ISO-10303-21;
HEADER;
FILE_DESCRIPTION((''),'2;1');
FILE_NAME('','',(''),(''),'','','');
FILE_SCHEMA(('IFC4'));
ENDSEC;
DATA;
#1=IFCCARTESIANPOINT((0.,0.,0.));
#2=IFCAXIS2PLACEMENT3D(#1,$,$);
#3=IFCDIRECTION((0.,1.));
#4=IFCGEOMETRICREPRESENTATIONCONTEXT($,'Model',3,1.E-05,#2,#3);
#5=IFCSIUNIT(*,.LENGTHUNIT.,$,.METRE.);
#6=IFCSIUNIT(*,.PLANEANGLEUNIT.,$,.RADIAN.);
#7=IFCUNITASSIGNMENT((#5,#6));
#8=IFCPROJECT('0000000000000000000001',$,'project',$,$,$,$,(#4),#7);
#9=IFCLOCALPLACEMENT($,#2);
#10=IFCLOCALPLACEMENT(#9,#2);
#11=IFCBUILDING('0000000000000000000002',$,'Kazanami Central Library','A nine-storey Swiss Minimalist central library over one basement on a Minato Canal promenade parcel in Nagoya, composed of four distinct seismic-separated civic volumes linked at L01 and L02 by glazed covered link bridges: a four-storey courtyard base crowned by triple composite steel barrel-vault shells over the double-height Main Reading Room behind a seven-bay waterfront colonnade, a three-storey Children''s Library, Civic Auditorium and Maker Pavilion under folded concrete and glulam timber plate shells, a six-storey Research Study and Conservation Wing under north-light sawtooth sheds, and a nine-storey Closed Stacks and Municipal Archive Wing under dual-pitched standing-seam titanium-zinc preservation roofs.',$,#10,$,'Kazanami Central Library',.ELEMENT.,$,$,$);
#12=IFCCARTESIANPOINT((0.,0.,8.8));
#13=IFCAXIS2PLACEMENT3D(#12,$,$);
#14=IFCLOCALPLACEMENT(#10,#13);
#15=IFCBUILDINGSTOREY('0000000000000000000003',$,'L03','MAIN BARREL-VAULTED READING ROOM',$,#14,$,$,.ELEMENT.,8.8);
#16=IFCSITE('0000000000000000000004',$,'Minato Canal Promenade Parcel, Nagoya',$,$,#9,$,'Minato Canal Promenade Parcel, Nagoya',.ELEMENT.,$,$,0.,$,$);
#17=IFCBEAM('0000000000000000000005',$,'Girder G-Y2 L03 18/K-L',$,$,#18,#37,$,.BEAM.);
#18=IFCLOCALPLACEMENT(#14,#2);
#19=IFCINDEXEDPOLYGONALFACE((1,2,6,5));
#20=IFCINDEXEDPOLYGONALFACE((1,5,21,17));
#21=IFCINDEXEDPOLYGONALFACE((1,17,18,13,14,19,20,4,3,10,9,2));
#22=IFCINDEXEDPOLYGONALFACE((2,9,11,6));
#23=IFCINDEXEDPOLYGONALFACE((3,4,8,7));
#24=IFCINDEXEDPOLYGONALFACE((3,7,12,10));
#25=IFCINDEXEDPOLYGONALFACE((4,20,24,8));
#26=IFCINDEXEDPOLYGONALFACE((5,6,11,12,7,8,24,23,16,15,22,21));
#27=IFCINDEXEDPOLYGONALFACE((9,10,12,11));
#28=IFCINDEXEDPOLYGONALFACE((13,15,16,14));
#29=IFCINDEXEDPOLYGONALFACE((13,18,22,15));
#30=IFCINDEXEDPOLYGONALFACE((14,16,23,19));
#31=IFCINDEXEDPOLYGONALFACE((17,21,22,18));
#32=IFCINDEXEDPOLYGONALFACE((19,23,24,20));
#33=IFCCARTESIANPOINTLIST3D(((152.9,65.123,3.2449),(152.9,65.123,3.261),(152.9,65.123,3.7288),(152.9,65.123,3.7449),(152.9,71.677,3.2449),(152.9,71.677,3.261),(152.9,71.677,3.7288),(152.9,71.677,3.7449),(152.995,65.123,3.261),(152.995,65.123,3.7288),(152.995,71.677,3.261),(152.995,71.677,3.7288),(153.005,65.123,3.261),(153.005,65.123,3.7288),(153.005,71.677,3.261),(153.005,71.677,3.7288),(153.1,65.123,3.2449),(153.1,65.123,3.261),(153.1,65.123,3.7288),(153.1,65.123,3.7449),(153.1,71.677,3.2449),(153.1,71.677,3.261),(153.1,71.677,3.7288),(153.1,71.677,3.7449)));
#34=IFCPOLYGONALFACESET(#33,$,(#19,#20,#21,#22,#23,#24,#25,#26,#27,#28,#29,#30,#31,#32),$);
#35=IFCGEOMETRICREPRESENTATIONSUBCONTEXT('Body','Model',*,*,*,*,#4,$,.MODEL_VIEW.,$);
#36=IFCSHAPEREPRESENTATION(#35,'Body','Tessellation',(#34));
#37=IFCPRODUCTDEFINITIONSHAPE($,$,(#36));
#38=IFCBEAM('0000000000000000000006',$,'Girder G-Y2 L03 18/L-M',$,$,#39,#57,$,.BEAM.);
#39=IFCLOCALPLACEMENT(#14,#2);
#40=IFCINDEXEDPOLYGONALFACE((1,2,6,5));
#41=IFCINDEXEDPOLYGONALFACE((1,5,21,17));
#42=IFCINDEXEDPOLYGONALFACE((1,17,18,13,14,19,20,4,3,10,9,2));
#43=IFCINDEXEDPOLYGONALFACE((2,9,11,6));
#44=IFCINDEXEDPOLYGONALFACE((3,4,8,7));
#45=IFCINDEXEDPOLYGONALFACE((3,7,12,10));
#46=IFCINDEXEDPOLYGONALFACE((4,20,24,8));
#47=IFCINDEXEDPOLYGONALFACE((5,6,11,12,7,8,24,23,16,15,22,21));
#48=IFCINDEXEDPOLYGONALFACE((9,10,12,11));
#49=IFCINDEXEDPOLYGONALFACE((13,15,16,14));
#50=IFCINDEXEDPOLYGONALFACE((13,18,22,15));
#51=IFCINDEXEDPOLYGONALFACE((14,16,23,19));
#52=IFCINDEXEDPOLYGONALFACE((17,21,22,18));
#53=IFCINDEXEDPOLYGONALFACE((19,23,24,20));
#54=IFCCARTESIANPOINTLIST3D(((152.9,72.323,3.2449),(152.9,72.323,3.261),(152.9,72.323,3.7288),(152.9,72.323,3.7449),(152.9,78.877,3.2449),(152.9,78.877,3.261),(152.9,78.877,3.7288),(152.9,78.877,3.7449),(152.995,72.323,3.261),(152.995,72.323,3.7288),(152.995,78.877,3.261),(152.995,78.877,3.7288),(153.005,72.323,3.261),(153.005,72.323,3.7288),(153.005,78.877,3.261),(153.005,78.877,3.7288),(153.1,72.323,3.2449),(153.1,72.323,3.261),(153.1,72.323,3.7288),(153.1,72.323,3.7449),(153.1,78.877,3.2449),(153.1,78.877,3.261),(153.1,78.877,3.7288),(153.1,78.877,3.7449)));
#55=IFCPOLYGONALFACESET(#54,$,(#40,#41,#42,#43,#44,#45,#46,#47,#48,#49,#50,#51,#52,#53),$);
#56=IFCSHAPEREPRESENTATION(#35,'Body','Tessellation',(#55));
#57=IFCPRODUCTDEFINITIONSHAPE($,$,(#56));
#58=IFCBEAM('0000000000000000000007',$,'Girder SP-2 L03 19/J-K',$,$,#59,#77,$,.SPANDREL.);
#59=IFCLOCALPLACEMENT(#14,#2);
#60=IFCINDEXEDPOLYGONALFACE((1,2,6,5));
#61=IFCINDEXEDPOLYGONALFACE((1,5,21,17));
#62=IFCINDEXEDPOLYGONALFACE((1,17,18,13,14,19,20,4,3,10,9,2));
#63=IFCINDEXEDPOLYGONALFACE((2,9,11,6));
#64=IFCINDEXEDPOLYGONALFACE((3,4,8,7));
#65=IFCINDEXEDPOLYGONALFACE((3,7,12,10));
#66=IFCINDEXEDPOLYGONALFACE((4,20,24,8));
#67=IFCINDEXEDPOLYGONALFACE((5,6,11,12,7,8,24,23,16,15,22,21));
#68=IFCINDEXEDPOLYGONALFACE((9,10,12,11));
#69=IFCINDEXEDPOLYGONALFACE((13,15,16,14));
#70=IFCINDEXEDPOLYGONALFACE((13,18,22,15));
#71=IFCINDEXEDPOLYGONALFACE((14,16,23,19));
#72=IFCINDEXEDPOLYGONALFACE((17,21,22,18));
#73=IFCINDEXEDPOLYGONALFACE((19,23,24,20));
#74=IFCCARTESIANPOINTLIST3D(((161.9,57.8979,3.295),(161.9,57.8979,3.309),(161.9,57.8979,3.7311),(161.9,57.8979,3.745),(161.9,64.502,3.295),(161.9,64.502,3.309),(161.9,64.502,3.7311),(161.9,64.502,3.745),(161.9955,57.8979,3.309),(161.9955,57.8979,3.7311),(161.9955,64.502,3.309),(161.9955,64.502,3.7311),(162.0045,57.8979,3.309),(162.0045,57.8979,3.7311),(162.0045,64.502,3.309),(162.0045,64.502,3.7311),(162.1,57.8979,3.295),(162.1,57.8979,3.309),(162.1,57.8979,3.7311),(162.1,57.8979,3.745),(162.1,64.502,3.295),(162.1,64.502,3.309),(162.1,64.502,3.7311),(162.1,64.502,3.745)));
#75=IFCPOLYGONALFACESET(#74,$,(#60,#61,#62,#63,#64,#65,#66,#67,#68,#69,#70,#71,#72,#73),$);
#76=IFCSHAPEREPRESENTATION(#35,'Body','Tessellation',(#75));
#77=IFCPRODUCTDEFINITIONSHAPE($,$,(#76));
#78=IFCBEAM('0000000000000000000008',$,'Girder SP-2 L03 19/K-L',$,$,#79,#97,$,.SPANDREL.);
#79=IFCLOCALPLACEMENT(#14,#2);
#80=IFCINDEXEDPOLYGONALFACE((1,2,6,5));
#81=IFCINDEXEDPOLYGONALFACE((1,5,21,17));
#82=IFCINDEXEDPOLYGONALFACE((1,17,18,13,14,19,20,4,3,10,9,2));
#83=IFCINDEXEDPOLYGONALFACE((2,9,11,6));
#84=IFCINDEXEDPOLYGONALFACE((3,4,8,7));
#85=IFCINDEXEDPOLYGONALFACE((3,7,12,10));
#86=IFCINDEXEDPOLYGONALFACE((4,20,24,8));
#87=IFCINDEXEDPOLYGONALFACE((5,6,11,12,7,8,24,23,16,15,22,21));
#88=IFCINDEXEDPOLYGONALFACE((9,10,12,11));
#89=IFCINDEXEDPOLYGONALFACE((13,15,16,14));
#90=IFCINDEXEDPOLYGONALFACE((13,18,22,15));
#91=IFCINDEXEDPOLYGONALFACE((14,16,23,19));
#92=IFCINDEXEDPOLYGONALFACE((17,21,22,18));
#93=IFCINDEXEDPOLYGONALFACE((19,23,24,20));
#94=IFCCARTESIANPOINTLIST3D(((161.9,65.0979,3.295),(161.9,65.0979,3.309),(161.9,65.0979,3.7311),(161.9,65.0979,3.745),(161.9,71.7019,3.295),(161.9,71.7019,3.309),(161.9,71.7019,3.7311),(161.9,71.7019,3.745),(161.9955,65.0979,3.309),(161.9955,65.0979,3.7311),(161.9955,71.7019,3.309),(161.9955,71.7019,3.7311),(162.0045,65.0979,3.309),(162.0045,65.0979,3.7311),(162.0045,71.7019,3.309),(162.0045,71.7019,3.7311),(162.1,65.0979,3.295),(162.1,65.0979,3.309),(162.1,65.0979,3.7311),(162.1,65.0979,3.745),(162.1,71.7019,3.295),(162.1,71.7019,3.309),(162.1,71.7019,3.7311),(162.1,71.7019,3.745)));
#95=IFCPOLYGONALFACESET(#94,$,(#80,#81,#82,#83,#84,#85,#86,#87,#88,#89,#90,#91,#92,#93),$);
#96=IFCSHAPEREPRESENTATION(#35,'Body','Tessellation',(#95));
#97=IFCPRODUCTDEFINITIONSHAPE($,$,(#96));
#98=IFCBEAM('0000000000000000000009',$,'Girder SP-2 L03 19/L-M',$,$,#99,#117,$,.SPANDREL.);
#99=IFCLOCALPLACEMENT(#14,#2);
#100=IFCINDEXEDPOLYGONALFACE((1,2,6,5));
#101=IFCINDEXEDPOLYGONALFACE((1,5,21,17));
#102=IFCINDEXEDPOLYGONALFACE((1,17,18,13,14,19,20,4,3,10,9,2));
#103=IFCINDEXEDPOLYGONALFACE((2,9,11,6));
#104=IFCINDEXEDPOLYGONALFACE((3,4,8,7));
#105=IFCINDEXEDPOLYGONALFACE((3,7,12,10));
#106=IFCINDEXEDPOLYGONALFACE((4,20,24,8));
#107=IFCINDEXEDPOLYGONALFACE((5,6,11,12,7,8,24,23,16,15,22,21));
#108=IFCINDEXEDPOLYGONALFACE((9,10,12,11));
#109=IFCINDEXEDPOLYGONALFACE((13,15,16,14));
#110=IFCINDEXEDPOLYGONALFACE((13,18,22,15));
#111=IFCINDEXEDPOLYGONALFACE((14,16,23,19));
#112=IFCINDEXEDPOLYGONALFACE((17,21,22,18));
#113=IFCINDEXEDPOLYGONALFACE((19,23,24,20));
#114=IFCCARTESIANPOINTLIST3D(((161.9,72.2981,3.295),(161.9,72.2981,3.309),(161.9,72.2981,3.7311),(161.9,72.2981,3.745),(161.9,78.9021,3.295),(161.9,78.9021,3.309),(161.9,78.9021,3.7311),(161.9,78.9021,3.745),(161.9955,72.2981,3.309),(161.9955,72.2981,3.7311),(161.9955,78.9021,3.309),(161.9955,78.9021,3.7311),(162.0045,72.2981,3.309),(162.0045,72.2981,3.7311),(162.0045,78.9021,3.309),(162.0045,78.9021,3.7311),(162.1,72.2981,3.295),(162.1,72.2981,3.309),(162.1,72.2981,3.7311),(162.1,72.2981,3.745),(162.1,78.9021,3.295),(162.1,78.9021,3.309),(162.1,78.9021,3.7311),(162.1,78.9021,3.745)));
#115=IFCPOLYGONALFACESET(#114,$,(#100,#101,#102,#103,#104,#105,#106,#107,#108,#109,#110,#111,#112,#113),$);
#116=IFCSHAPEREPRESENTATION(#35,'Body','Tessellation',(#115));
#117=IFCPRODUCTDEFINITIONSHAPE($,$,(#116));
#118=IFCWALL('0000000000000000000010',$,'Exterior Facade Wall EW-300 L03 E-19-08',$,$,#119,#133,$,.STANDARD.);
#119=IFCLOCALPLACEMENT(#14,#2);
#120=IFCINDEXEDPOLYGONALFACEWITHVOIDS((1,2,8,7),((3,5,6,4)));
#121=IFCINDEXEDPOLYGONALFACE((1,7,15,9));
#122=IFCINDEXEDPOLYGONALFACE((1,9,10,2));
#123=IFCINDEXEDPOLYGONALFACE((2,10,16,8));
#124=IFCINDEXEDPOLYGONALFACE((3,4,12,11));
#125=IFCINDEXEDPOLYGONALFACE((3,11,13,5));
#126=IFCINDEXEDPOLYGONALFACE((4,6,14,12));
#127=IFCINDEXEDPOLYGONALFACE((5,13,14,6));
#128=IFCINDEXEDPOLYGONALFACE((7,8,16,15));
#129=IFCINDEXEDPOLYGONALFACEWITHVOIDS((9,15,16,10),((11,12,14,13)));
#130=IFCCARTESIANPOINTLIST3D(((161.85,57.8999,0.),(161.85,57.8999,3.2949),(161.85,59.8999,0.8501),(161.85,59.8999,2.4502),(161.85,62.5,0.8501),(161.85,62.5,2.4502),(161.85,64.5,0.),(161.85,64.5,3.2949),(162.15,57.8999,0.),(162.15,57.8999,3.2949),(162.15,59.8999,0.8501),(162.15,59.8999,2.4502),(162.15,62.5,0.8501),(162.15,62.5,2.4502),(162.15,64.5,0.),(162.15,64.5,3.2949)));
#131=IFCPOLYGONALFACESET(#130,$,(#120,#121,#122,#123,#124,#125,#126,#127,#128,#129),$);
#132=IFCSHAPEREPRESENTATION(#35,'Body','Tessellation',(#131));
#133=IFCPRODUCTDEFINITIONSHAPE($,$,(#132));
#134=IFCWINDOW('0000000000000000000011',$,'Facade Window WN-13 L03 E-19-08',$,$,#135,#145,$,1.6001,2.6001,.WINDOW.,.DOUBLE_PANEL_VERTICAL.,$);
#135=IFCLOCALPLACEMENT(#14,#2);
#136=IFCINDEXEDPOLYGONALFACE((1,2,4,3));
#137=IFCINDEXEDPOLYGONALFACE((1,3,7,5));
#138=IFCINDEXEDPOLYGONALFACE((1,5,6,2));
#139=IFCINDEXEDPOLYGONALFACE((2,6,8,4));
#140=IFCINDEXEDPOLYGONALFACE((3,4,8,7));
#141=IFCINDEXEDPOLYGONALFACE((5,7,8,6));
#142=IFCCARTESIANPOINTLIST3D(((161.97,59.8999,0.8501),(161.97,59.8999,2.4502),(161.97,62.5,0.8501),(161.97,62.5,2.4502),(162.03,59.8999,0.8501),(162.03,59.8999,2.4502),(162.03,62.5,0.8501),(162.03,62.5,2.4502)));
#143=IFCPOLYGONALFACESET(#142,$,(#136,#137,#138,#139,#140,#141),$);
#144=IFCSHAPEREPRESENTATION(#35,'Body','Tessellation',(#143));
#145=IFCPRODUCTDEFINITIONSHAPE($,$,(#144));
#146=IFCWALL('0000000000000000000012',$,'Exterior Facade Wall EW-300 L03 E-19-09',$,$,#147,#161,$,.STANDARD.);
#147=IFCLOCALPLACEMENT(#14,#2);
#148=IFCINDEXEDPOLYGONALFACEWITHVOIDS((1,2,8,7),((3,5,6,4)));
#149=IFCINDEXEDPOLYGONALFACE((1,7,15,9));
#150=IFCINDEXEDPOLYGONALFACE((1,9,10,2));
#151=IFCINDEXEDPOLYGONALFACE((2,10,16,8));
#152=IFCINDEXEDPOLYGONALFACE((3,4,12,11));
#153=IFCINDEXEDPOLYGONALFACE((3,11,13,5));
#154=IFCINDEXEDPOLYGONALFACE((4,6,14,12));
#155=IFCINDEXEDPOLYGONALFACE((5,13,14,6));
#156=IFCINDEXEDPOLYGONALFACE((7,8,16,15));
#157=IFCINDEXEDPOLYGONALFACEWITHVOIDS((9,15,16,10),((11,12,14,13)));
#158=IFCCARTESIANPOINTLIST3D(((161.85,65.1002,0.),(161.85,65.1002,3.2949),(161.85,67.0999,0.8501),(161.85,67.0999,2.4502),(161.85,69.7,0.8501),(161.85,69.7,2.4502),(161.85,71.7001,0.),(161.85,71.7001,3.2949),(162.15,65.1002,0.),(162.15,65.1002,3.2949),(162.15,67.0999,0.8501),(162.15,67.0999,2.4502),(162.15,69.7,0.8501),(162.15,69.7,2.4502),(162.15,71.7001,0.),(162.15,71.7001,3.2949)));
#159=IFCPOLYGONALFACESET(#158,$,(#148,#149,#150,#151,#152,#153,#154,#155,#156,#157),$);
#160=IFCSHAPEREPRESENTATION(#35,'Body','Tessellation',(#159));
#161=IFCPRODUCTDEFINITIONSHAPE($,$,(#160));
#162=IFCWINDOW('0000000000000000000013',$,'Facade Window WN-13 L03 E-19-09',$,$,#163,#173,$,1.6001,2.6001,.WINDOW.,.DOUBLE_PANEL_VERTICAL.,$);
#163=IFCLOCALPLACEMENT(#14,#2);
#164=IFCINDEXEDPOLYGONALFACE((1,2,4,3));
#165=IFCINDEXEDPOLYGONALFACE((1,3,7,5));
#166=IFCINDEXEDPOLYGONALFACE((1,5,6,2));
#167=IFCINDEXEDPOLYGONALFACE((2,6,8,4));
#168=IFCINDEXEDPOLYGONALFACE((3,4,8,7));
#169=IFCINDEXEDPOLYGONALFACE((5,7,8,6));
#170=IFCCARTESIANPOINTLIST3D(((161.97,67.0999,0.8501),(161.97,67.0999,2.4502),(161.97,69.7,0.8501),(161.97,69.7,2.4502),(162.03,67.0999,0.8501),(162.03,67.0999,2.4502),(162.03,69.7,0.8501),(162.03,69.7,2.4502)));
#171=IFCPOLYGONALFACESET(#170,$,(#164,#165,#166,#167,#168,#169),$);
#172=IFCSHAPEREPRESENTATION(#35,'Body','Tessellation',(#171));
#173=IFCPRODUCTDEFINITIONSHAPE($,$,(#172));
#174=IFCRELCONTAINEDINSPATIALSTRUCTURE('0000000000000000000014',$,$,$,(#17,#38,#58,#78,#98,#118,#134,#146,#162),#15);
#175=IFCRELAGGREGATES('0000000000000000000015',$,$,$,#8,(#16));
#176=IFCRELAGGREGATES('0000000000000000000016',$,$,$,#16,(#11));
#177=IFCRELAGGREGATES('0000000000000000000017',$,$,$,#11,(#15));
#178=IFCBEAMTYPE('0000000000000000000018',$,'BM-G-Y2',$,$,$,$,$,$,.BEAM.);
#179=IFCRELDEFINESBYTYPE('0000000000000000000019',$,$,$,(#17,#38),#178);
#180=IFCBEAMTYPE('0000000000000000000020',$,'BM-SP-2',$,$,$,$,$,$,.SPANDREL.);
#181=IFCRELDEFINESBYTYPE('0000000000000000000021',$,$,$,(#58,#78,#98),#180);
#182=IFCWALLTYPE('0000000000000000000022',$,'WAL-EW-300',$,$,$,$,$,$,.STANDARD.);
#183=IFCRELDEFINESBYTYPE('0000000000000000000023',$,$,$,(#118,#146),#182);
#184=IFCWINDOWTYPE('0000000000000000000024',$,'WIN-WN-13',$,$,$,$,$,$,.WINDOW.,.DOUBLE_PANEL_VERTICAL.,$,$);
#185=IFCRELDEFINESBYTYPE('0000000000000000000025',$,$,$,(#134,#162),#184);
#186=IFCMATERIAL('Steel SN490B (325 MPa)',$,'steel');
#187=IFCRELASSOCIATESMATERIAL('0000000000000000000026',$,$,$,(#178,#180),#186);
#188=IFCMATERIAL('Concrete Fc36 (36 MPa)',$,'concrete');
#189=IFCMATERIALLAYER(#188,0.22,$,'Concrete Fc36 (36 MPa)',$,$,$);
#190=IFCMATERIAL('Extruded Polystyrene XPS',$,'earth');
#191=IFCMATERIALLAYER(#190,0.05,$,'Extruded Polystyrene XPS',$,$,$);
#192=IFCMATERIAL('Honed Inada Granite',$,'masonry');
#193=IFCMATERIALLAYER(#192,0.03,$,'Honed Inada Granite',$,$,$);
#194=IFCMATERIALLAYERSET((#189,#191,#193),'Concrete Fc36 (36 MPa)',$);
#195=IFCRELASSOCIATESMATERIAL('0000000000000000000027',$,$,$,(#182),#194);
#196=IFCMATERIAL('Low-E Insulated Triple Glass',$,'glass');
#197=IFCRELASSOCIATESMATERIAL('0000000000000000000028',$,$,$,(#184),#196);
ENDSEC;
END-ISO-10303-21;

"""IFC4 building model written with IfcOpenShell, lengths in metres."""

from ifc_helpers import new_model, si_unit, direction, frame, frame_2d, origin, origin_2d, place, context, subcontext, project, spatial, rectangle, i_section, extrude, material, layer, layer_set, material_profile, profile_set, type_object, element, fill, save


model = new_model("IFC4")

# Units and contexts
model_context = context("Model", 3, precision=1e-05, world=origin(), true_north=direction((0.0, 1.0)))
body_context = subcontext(model_context, "Body", "Model", "MODEL_VIEW")
ifc_project = project(units=[si_unit("LENGTHUNIT", "METRE"), si_unit("PLANEANGLEUNIT", "RADIAN")], contexts=[model_context])

# Site, building, storey
site_placement = place(None, origin())
site = spatial("IfcSite", under=ifc_project, at=site_placement, Name="Minato Canal Promenade Parcel, Nagoya", LongName="Minato Canal Promenade Parcel, Nagoya", CompositionType="ELEMENT", RefElevation=0.0)
building_placement = place(site_placement, origin())
building = spatial("IfcBuilding", under=site, at=building_placement, Name="Kazanami Central Library", Description="A nine-storey Swiss Minimalist central library over one basement on a Minato Canal promenade parcel in Nagoya, composed of four distinct seismic-separated civic volumes linked at L01 and L02 by glazed covered link bridges: a four-storey courtyard base crowned by triple composite steel barrel-vault shells over the double-height Main Reading Room behind a seven-bay waterfront colonnade, a three-storey Children's Library, Civic Auditorium and Maker Pavilion under folded concrete and glulam timber plate shells, a six-storey Research Study and Conservation Wing under north-light sawtooth sheds, and a nine-storey Closed Stacks and Municipal Archive Wing under dual-pitched standing-seam titanium-zinc preservation roofs.", LongName="Kazanami Central Library", CompositionType="ELEMENT")
storey_placement = place(building_placement, frame((0.0, 0.0, 8.8)))
storey = spatial("IfcBuildingStorey", under=building, at=storey_placement, Name="L03", Description="MAIN BARREL-VAULTED READING ROOM", CompositionType="ELEMENT", Elevation=8.8)

# Beams
ifc_material_1 = material(Name="Steel SN490B (325 MPa)", Category="steel")
ifc_material_profile_1 = material_profile(ifc_material_1, i_section(OverallWidth=0.2, OverallDepth=0.5, WebThickness=0.01, FlangeThickness=0.0161, at=origin_2d()), Name="H-500x200x10x16")
ifc_profile_set_1 = profile_set([ifc_material_profile_1], Name="Steel SN490B (325 MPa)")
beam_type_1 = type_object("IfcBeamType", Name="BM-G-Y2", PredefinedType="BEAM", material=ifc_profile_set_1)
for number, where, z_axis, x_axis, name in (
    (1, (153.0, 65.123, 3.4949), (0.0, 1.0, 0.0), (-1.0, 0.0, 0.0), "Girder G-Y2 L03 18/K-L"),
    (2, (153.0, 72.323, 3.4949), (0.0, 1.0, 0.0), (-1.0, 0.0, 0.0), "Girder G-Y2 L03 18/L-M"),
):
    element("IfcBeam", number, at=place(storey_placement, frame(where, z_axis=z_axis, x_axis=x_axis)), inside=storey, type_object=beam_type_1, Name=name, PredefinedType="BEAM", context=body_context, shape_type="SweptSolid", body=[
        extrude(i_section(OverallWidth=0.2, OverallDepth=0.5, WebThickness=0.01, FlangeThickness=0.0161, at=origin_2d()), origin(), (0.0, 0.0, 1.0), 6.554),
    ])
ifc_material_profile_2 = material_profile(ifc_material_1, i_section(OverallWidth=0.2, OverallDepth=0.45, WebThickness=0.009, FlangeThickness=0.0139, at=origin_2d()), Name="H-450x200x9x14")
ifc_profile_set_2 = profile_set([ifc_material_profile_2], Name="Steel SN490B (325 MPa)")
beam_type_2 = type_object("IfcBeamType", Name="BM-SP-2", PredefinedType="SPANDREL", material=ifc_profile_set_2)
for number, where, z_axis, x_axis, name in (
    (3, (162.0, 57.8979, 3.52), (0.0, 1.0, 0.0), (-1.0, 0.0, 0.0), "Girder SP-2 L03 19/J-K"),
    (4, (162.0, 65.0979, 3.52), (0.0, 1.0, 0.0), (-1.0, 0.0, 0.0), "Girder SP-2 L03 19/K-L"),
    (5, (162.0, 72.2981, 3.52), (0.0, 1.0, 0.0), (-1.0, 0.0, 0.0), "Girder SP-2 L03 19/L-M"),
):
    element("IfcBeam", number, at=place(storey_placement, frame(where, z_axis=z_axis, x_axis=x_axis)), inside=storey, type_object=beam_type_2, Name=name, PredefinedType="SPANDREL", context=body_context, shape_type="SweptSolid", body=[
        extrude(i_section(OverallWidth=0.2, OverallDepth=0.45, WebThickness=0.009, FlangeThickness=0.0139, at=origin_2d()), origin(), (0.0, 0.0, 1.0), 6.604),
    ])

# Walls, openings, windows
ifc_material_2 = material(Name="Concrete Fc36 (36 MPa)", Category="concrete")
ifc_layer_1 = layer(ifc_material_2, 0.22, Name="Concrete Fc36 (36 MPa)")
ifc_material_3 = material(Name="Extruded Polystyrene XPS", Category="earth")
ifc_layer_2 = layer(ifc_material_3, 0.05, Name="Extruded Polystyrene XPS")
ifc_material_4 = material(Name="Honed Inada Granite", Category="masonry")
ifc_layer_3 = layer(ifc_material_4, 0.03, Name="Honed Inada Granite")
ifc_layer_set_1 = layer_set([ifc_layer_1, ifc_layer_2, ifc_layer_3], Name="Concrete Fc36 (36 MPa)")
wall_type_1 = type_object("IfcWallType", Name="WAL-EW-300", PredefinedType="STANDARD", material=ifc_layer_set_1)
wall_1_placement = place(storey_placement, frame((162.0, 64.5, 0.0), z_axis=(0.0, 0.0, 1.0), x_axis=(0.0, -1.0, 0.0)))
wall_1 = element("IfcWall", 6, at=wall_1_placement, inside=storey, type_object=wall_type_1, Name="Exterior Facade Wall EW-300 L03 E-19-08", PredefinedType="STANDARD", context=body_context, shape_type="SweptSolid", body=[
    extrude(rectangle(XDim=6.6001, YDim=0.3, at=frame_2d((3.3, 0.0))), origin(), (0.0, 0.0, 1.0), 3.2949),
])
opening_1_placement = place(wall_1_placement, frame((2.0, 0.0, 0.8501)))
opening_1 = element("IfcOpeningElement", 7, at=opening_1_placement, cuts=wall_1, PredefinedType="OPENING", context=body_context, shape_type="SweptSolid", body=[
    extrude(rectangle(XDim=2.6001, YDim=1.6001, at=frame_2d((1.3, 0.8))), frame((0.0, 0.1621, 0.0), z_axis=(0.0, -1.0, 0.0), x_axis=(1.0, 0.0, 0.0)), (0.0, 0.0, 1.0), 0.324),
])
ifc_material_5 = material(Name="Low-E Insulated Triple Glass", Category="glass")
window_type = type_object("IfcWindowType", Name="WIN-WN-13", PartitioningType="DOUBLE_PANEL_VERTICAL", PredefinedType="WINDOW", material=ifc_material_5)
window_1_placement = place(opening_1_placement, origin())
window_1 = element("IfcWindow", 8, at=window_1_placement, inside=storey, type_object=window_type, Name="Facade Window WN-13 L03 E-19-08", OverallHeight=1.6001, OverallWidth=2.6001, PartitioningType="DOUBLE_PANEL_VERTICAL", PredefinedType="WINDOW", context=body_context, shape_type="SweptSolid", body=[
    extrude(rectangle(XDim=2.6001, YDim=1.6001, at=frame_2d((1.3, 0.8))), frame((0.0, 0.03, 0.0), z_axis=(0.0, -1.0, 0.0), x_axis=(1.0, 0.0, 0.0)), (0.0, 0.0, 1.0), 0.0601),
])
fill(opening_1, window_1)
wall_2_placement = place(storey_placement, frame((162.0, 71.7, 0.0), z_axis=(0.0, 0.0, 1.0), x_axis=(0.0, -1.0, 0.0)))
wall_2 = element("IfcWall", 9, at=wall_2_placement, inside=storey, type_object=wall_type_1, Name="Exterior Facade Wall EW-300 L03 E-19-09", PredefinedType="STANDARD", context=body_context, shape_type="SweptSolid", body=[
    extrude(rectangle(XDim=6.5999, YDim=0.3, at=frame_2d((3.2998, 0.0))), origin(), (0.0, 0.0, 1.0), 3.2949),
])
opening_2_placement = place(wall_2_placement, frame((2.0, 0.0, 0.8501)))
opening_2 = element("IfcOpeningElement", 10, at=opening_2_placement, cuts=wall_2, PredefinedType="OPENING", context=body_context, shape_type="SweptSolid", body=[
    extrude(rectangle(XDim=2.6001, YDim=1.6001, at=frame_2d((1.3, 0.8))), frame((0.0, 0.1621, 0.0), z_axis=(0.0, -1.0, 0.0), x_axis=(1.0, 0.0, 0.0)), (0.0, 0.0, 1.0), 0.324),
])
window_2_placement = place(opening_2_placement, origin())
window_2 = element("IfcWindow", 11, at=window_2_placement, inside=storey, type_object=window_type, Name="Facade Window WN-13 L03 E-19-09", OverallHeight=1.6001, OverallWidth=2.6001, PartitioningType="DOUBLE_PANEL_VERTICAL", PredefinedType="WINDOW", context=body_context, shape_type="SweptSolid", body=[
    extrude(rectangle(XDim=2.6001, YDim=1.6001, at=frame_2d((1.3, 0.8))), frame((0.0, 0.03, 0.0), z_axis=(0.0, -1.0, 0.0), x_axis=(1.0, 0.0, 0.0)), (0.0, 0.0, 1.0), 0.0601),
])
fill(opening_2, window_2)

save(model, "model.ifc")
